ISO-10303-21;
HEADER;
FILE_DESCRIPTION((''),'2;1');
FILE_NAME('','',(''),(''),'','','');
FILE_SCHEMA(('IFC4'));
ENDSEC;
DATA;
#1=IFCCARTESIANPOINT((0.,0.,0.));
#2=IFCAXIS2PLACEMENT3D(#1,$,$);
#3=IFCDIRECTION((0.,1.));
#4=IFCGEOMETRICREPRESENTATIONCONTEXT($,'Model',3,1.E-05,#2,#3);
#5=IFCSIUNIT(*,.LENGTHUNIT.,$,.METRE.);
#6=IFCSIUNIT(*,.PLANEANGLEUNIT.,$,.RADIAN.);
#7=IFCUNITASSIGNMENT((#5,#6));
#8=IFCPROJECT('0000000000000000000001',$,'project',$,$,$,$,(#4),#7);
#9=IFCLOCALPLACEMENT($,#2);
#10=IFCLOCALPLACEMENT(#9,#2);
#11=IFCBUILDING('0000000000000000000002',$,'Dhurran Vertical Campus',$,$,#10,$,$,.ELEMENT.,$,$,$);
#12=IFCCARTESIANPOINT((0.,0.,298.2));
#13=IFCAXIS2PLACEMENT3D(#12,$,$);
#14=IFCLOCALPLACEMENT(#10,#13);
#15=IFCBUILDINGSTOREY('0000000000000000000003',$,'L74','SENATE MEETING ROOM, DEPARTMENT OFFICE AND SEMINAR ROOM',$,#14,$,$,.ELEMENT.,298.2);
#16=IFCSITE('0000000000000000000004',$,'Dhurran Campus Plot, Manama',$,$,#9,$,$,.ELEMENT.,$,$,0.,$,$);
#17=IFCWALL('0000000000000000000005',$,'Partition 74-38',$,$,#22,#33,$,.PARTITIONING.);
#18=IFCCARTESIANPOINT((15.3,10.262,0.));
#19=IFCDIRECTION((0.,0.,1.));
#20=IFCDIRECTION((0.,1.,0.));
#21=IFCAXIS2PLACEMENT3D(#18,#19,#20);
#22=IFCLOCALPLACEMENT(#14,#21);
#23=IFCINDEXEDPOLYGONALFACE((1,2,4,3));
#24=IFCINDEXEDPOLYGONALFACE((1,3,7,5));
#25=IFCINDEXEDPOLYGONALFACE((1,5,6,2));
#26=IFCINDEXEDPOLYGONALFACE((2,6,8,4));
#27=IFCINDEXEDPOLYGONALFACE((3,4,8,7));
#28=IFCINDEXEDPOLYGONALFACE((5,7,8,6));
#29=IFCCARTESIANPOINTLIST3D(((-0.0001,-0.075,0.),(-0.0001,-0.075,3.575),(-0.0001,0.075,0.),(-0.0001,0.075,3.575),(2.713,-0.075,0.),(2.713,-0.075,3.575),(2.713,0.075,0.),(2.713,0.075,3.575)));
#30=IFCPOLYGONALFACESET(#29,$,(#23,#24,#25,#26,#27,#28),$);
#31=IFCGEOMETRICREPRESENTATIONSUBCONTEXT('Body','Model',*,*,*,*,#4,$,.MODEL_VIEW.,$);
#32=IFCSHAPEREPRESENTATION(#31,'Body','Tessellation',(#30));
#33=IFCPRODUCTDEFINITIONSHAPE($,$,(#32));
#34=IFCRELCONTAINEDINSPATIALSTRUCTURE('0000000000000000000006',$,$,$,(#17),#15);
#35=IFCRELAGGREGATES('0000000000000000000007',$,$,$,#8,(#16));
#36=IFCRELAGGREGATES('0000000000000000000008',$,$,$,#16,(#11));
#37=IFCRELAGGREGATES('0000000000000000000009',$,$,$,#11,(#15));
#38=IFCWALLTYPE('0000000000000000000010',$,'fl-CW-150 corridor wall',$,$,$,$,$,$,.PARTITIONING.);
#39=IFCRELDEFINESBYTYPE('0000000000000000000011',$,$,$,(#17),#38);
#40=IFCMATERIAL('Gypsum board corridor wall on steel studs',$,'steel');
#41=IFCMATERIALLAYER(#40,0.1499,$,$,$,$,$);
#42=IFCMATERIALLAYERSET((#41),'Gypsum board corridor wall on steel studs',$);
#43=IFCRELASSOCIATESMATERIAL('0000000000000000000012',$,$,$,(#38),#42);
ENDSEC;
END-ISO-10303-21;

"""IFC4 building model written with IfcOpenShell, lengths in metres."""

from ifc_helpers import new_model, si_unit, direction, frame, frame_2d, origin, place, context, subcontext, project, spatial, rectangle, extrude, material, layer, layer_set, type_object, element, save


model = new_model("IFC4")

# Units and contexts
model_context = context("Model", 3, precision=1e-05, world=origin(), true_north=direction((0.0, 1.0)))
body_context = subcontext(model_context, "Body", "Model", "MODEL_VIEW")
ifc_project = project(units=[si_unit("LENGTHUNIT", "METRE"), si_unit("PLANEANGLEUNIT", "RADIAN")], contexts=[model_context])

# Site, building, storey
site_placement = place(None, origin())
site = spatial("IfcSite", under=ifc_project, at=site_placement, Name="Dhurran Campus Plot, Manama", CompositionType="ELEMENT", RefElevation=0.0)
building_placement = place(site_placement, origin())
building = spatial("IfcBuilding", under=site, at=building_placement, Name="Dhurran Vertical Campus", CompositionType="ELEMENT")
storey_placement = place(building_placement, frame((0.0, 0.0, 298.2)))
storey = spatial("IfcBuildingStorey", under=building, at=storey_placement, Name="L74", Description="SENATE MEETING ROOM, DEPARTMENT OFFICE AND SEMINAR ROOM", CompositionType="ELEMENT", Elevation=298.2)

# Shared definitions
ifc_material_1 = material(Name="Gypsum board corridor wall on steel studs", Category="steel")
ifc_layer_1 = layer(ifc_material_1, 0.1499)
ifc_layer_set_1 = layer_set([ifc_layer_1], Name="Gypsum board corridor wall on steel studs")
wall_type_1 = type_object("IfcWallType", Name="fl-CW-150 corridor wall", PredefinedType="PARTITIONING", material=ifc_layer_set_1)

# Wall
wall_1_placement = place(storey_placement, frame((15.3, 10.262, 0.0), z_axis=(0.0, 0.0, 1.0), x_axis=(0.0, 1.0, 0.0)))
element("IfcWall", 1, at=wall_1_placement, inside=storey, type_object=wall_type_1, Name="Partition 74-38", PredefinedType="PARTITIONING", context=body_context, shape_type="SweptSolid", body=[
    extrude(rectangle(XDim=2.7131, YDim=0.1499, at=frame_2d((1.3564, 0.0))), origin(), (0.0, 0.0, 1.0), 3.575),
])

save(model, "model.ifc")
